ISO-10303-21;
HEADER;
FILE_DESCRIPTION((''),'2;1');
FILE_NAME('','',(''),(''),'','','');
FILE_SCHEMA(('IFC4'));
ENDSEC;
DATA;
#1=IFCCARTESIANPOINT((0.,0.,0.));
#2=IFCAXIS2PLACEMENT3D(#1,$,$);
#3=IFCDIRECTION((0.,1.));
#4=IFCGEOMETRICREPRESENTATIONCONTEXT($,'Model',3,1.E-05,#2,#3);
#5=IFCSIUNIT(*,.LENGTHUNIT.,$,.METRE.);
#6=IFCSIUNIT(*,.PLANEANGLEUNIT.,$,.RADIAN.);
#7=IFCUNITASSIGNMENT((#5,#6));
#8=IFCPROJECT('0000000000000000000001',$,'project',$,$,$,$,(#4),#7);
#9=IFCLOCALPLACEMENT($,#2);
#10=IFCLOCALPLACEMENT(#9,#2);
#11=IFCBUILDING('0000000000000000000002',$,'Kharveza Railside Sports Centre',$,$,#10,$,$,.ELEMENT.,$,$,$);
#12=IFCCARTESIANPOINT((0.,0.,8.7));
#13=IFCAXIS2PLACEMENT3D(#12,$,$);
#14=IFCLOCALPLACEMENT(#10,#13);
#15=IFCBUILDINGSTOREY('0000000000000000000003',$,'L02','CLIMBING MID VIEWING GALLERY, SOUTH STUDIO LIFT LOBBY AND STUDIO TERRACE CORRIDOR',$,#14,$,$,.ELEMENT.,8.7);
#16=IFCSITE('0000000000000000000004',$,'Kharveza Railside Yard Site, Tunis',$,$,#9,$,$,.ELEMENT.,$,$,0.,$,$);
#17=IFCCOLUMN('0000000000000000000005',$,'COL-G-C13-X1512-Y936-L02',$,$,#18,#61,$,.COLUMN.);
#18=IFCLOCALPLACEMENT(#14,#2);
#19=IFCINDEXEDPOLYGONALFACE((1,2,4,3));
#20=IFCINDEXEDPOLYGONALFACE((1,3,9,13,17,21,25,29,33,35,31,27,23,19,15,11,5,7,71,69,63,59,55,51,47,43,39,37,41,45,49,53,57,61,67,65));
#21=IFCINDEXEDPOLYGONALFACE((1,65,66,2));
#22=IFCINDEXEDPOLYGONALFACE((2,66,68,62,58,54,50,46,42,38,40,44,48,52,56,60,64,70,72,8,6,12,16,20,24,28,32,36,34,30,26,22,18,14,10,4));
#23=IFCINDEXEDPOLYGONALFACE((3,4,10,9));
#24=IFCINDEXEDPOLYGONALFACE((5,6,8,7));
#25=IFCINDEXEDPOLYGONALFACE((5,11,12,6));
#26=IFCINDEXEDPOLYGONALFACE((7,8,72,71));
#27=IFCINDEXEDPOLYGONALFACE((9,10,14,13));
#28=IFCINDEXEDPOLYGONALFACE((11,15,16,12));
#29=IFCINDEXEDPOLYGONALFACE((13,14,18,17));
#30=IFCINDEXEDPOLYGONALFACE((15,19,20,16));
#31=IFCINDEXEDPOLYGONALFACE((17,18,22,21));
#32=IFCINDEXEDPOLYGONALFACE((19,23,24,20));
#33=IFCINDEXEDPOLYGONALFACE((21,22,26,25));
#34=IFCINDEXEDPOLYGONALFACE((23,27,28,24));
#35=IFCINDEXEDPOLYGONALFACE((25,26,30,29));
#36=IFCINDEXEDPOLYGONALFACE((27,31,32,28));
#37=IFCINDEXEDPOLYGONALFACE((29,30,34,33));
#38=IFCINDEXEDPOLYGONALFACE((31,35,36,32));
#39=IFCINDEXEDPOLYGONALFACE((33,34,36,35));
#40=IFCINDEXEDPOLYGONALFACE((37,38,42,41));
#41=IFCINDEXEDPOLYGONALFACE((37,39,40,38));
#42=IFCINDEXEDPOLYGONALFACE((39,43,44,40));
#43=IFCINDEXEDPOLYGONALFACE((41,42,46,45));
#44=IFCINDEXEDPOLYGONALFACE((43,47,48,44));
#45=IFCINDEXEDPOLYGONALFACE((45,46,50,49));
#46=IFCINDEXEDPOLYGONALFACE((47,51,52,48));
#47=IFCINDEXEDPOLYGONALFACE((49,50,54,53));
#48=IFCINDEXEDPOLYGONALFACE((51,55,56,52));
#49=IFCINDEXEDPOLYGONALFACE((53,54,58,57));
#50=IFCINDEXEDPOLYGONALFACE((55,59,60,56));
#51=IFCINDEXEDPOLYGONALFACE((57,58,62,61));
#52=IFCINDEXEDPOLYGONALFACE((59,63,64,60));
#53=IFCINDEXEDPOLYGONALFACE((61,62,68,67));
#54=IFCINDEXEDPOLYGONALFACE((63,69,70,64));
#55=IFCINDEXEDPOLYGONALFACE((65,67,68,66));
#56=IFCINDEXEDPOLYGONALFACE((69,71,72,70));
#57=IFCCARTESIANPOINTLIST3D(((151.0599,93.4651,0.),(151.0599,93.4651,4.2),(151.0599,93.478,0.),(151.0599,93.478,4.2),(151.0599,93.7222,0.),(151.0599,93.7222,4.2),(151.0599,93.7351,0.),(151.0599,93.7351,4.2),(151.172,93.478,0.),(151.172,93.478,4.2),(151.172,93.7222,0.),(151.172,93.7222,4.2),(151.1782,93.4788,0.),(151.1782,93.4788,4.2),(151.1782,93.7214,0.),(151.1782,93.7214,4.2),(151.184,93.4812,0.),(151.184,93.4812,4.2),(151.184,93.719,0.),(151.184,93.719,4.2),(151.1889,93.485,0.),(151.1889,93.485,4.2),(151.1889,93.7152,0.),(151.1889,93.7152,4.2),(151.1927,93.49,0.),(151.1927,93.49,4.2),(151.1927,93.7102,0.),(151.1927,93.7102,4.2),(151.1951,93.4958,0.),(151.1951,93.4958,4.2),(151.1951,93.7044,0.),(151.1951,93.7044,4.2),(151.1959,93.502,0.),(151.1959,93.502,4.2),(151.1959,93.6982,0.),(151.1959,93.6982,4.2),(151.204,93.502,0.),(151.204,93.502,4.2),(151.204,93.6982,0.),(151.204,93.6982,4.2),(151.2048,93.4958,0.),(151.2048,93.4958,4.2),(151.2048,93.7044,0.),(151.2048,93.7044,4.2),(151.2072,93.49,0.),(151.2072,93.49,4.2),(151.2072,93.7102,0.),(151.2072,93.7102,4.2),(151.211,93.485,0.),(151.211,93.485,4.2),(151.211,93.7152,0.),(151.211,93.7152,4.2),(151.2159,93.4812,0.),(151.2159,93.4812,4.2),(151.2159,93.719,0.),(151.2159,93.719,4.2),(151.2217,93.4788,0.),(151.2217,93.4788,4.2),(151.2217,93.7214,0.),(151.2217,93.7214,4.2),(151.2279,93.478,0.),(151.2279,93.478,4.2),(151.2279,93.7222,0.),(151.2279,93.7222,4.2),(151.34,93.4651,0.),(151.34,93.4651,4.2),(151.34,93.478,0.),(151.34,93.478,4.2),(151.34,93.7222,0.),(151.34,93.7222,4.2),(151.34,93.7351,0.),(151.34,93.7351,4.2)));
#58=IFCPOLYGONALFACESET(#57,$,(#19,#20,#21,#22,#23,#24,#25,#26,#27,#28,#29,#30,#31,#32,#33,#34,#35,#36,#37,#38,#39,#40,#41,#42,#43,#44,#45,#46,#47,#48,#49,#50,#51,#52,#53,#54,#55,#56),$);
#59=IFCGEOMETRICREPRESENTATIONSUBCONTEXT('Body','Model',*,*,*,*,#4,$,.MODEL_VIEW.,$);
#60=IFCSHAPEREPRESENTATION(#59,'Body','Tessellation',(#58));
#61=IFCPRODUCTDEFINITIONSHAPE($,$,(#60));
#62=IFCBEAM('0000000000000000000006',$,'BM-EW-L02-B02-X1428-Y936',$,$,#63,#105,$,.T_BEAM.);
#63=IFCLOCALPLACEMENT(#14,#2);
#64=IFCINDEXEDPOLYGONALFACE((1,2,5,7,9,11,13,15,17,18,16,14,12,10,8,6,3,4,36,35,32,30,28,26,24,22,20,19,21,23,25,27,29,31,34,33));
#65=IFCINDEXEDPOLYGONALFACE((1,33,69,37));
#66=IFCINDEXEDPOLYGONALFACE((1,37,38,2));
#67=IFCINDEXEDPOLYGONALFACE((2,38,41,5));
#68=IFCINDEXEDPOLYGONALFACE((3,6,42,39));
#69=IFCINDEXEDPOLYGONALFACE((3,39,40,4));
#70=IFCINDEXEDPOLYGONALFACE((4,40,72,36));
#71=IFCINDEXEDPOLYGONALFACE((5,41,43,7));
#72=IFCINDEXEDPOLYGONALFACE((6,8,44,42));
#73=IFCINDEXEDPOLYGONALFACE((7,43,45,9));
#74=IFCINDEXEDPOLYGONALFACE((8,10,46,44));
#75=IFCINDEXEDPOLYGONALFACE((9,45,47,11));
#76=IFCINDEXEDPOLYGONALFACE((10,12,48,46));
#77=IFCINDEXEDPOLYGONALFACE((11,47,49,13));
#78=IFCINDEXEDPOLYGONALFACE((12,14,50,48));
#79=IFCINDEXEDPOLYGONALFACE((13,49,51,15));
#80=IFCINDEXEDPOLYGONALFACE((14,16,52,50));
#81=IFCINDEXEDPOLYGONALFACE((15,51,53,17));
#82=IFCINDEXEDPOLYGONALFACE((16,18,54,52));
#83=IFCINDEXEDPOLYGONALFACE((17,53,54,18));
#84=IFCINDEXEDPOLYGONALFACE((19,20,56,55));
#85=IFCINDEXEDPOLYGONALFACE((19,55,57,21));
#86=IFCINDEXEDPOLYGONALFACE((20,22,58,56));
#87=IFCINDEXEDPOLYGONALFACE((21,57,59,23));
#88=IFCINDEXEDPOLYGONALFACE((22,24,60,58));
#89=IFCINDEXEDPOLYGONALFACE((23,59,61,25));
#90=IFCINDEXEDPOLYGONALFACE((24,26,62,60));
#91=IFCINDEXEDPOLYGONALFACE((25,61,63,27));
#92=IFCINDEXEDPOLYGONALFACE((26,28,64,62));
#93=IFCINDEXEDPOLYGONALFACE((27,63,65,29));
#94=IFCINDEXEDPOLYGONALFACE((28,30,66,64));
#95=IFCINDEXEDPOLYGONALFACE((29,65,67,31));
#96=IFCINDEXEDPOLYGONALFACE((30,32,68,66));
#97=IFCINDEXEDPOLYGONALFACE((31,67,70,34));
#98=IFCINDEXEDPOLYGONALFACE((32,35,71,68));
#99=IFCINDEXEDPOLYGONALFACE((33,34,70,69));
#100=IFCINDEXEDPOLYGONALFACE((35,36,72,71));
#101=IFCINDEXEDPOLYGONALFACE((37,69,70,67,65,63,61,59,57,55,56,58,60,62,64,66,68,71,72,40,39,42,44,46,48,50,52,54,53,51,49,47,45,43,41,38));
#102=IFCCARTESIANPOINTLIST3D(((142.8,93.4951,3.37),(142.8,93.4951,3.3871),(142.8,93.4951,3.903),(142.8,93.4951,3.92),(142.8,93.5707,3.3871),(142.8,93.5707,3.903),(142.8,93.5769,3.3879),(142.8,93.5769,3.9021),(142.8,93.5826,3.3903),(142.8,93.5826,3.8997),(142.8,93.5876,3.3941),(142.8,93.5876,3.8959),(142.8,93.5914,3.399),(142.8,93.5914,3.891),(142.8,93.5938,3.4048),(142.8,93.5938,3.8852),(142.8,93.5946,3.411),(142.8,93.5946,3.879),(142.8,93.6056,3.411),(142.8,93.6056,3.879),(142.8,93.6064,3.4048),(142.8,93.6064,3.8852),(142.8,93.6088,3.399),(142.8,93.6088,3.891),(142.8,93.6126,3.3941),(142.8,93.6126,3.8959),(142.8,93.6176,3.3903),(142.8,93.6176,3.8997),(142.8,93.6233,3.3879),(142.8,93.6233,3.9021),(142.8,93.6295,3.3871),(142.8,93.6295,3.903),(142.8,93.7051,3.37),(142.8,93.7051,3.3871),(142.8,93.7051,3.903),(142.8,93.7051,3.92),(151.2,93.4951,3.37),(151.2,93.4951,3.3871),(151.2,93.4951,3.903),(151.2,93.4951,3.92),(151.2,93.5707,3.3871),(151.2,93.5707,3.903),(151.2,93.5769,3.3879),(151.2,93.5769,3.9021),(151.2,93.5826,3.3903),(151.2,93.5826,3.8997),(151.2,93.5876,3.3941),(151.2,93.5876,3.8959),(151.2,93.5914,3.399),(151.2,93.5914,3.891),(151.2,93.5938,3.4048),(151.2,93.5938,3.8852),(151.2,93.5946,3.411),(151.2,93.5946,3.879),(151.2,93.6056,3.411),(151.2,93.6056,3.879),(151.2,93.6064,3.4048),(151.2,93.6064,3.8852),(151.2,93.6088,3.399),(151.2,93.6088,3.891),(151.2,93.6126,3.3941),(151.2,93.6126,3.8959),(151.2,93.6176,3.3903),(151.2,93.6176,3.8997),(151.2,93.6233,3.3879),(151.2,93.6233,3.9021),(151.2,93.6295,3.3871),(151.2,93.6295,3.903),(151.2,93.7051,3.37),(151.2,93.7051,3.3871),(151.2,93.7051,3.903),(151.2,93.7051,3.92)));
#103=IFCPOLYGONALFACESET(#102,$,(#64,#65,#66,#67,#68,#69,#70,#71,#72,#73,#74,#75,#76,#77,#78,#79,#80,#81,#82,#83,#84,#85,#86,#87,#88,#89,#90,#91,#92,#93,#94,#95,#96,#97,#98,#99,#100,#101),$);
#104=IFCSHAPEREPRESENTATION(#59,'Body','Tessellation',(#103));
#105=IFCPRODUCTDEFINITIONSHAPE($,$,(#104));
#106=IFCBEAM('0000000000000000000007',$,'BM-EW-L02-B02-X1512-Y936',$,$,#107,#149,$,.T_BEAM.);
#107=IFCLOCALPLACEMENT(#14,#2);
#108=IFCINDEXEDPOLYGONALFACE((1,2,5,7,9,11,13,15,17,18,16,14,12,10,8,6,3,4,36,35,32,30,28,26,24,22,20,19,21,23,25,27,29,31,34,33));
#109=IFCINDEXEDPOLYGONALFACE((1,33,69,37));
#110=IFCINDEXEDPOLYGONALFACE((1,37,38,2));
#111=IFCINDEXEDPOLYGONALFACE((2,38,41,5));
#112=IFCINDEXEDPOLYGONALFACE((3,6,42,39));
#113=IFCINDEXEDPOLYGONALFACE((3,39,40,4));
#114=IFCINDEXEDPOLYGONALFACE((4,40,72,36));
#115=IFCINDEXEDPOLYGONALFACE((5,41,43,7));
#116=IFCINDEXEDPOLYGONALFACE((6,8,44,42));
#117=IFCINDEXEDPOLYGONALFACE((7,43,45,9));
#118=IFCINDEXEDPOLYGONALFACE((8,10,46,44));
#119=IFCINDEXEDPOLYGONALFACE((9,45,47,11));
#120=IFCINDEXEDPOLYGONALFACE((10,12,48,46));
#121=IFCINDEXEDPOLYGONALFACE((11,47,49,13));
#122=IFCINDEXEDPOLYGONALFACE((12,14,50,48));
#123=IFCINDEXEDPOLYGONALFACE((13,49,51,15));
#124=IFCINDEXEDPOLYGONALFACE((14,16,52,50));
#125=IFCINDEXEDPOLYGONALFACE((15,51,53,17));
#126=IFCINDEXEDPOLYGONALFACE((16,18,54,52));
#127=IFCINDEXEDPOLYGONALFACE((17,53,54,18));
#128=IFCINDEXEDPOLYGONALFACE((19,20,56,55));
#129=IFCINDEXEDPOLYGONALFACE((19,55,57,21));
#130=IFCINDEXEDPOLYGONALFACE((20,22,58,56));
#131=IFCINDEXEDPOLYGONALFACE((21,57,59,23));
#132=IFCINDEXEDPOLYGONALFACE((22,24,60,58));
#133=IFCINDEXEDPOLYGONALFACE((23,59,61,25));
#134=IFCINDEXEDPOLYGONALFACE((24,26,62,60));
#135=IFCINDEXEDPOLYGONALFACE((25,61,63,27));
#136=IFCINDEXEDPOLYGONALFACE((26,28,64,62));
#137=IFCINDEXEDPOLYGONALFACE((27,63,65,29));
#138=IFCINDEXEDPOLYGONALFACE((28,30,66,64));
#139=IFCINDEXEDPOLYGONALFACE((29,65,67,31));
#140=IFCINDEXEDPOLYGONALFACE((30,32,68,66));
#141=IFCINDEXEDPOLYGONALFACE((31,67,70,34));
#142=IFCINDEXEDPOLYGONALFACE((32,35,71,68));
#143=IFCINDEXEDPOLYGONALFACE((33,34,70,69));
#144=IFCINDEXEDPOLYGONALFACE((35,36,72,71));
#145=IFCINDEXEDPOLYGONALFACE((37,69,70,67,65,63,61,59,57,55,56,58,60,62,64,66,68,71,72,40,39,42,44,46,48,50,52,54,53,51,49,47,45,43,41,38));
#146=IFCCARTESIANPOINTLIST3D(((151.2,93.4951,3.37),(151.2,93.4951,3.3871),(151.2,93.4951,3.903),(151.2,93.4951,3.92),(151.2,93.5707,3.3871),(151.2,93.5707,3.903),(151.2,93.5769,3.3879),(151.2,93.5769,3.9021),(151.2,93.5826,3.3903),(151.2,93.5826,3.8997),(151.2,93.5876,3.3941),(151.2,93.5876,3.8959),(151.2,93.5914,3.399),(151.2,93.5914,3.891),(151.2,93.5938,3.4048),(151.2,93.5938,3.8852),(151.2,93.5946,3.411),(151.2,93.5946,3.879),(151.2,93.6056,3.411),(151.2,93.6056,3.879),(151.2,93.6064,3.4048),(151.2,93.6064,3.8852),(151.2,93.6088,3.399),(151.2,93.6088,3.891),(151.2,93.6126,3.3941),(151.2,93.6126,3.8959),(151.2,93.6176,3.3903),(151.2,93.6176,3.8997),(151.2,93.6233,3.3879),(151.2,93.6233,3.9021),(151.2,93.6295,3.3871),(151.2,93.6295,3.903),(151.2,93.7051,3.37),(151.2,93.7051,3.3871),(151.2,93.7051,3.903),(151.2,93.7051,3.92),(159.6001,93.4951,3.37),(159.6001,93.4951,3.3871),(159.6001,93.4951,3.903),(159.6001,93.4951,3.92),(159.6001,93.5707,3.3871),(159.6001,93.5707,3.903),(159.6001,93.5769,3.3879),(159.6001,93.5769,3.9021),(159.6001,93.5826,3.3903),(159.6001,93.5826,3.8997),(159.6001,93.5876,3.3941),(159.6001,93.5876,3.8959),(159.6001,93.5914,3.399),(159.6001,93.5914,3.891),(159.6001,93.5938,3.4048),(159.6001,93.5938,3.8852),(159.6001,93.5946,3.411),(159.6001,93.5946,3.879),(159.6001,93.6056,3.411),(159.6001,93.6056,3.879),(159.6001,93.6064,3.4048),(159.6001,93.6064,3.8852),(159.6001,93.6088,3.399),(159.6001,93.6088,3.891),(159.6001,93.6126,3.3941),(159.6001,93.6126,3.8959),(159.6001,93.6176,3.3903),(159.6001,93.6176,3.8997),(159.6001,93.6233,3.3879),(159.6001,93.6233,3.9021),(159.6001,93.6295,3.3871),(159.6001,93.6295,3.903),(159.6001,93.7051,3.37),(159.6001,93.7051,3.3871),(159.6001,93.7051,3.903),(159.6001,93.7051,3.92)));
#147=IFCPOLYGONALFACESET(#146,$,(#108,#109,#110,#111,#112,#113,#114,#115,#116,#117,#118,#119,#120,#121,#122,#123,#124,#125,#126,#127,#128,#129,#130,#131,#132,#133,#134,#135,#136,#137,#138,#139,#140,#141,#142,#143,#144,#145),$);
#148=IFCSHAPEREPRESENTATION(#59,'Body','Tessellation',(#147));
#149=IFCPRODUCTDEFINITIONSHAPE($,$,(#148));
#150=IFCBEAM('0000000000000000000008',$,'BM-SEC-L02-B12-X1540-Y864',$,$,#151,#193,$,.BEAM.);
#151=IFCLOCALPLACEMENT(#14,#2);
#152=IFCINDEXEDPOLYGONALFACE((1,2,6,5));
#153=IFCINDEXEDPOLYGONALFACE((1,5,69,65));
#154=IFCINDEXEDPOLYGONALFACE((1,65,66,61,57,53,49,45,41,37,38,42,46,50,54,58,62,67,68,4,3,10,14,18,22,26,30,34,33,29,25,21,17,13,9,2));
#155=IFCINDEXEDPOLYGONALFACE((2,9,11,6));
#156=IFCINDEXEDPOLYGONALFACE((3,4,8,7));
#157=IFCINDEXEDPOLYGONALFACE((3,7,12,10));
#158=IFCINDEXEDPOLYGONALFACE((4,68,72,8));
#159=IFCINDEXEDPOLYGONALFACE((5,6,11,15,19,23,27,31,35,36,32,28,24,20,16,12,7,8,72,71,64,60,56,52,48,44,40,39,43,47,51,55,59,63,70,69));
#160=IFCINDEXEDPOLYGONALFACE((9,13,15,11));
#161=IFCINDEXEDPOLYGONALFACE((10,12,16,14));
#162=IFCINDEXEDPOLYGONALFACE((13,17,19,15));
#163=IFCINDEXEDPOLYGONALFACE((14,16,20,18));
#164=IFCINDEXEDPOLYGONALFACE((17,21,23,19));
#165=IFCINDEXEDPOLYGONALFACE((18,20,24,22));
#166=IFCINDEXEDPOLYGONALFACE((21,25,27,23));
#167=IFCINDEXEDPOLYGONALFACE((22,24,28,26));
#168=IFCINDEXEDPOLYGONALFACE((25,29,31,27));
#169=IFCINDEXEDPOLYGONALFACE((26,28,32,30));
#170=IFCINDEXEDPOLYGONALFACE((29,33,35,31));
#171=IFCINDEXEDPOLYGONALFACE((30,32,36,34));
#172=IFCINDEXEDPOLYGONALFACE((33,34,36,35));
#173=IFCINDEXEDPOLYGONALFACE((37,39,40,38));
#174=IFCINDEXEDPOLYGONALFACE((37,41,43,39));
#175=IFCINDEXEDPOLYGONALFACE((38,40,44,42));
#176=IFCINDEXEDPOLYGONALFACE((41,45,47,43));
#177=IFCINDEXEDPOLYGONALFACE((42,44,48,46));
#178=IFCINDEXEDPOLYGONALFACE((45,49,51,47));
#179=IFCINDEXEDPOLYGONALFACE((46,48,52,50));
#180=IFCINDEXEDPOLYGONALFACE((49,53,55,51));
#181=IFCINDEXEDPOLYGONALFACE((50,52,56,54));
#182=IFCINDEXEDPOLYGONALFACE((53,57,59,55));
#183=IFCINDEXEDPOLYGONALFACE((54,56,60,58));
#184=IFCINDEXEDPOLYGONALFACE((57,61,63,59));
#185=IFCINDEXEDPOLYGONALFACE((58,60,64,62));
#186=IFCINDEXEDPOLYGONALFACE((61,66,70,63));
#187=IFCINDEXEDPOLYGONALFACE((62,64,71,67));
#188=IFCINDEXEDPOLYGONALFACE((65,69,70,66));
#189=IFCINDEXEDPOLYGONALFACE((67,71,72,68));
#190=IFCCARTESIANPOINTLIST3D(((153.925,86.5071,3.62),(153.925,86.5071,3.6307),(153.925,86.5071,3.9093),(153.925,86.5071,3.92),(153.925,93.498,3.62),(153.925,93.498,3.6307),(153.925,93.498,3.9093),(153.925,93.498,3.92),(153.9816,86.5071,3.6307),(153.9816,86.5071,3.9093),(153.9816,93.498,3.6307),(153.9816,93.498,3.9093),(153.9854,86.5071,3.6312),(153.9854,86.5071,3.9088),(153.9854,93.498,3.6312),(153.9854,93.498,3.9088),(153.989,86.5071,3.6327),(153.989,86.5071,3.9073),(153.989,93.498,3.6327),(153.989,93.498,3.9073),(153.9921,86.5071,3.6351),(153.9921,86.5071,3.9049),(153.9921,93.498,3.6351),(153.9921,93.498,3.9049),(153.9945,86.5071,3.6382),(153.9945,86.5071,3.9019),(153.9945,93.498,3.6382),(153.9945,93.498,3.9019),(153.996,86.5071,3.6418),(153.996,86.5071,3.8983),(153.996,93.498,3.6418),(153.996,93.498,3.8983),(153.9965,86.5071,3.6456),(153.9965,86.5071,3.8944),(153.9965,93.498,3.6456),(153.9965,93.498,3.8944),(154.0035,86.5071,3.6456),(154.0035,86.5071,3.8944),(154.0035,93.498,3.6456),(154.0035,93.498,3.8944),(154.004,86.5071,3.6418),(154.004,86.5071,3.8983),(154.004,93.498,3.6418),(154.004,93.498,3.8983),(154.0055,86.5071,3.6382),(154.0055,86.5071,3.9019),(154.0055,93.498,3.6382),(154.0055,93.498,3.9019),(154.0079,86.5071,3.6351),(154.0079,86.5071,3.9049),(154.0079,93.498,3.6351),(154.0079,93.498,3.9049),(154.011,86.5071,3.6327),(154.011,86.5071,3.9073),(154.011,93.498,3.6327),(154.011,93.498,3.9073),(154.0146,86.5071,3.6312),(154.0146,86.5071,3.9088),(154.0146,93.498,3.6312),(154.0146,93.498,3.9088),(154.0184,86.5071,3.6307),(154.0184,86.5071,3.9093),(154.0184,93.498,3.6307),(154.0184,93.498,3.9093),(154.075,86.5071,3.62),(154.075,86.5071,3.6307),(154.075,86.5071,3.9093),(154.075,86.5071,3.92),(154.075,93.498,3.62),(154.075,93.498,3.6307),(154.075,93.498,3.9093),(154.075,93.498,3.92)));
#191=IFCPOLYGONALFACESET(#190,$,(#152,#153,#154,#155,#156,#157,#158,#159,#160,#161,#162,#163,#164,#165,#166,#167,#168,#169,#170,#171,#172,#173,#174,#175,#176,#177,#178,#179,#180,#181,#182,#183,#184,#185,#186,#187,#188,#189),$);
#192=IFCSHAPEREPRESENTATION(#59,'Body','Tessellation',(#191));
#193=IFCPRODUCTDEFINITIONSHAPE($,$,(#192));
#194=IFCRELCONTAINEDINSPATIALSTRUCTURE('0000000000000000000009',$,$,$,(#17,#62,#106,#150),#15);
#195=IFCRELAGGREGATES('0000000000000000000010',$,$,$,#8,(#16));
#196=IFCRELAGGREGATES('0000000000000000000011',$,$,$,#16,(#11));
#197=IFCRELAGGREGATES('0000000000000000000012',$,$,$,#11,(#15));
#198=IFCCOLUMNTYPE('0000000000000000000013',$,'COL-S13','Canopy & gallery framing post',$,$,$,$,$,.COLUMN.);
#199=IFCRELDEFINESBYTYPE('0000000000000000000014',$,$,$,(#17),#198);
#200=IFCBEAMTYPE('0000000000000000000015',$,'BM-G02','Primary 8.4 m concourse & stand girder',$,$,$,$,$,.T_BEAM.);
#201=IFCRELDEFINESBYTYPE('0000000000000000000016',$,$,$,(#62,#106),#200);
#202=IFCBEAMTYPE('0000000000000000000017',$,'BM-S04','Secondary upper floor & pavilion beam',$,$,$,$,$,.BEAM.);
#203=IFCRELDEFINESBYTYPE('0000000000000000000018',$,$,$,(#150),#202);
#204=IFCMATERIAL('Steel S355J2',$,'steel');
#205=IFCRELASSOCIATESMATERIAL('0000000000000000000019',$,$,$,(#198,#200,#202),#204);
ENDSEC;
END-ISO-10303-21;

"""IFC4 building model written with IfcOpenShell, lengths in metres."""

from ifc_helpers import new_model, si_unit, direction, frame, origin, origin_2d, place, context, subcontext, project, spatial, i_section, extrude, material, material_profile, profile_set, type_object, element, save


model = new_model("IFC4")

# Units and contexts
model_context = context("Model", 3, precision=1e-05, world=origin(), true_north=direction((0.0, 1.0)))
body_context = subcontext(model_context, "Body", "Model", "MODEL_VIEW")
ifc_project = project(units=[si_unit("LENGTHUNIT", "METRE"), si_unit("PLANEANGLEUNIT", "RADIAN")], contexts=[model_context])

# Site, building, storey
site_placement = place(None, origin())
site = spatial("IfcSite", under=ifc_project, at=site_placement, Name="Kharveza Railside Yard Site, Tunis", CompositionType="ELEMENT", RefElevation=0.0)
building_placement = place(site_placement, origin())
building = spatial("IfcBuilding", under=site, at=building_placement, Name="Kharveza Railside Sports Centre", CompositionType="ELEMENT")
storey_placement = place(building_placement, frame((0.0, 0.0, 8.7)))
storey = spatial("IfcBuildingStorey", under=building, at=storey_placement, Name="L02", Description="CLIMBING MID VIEWING GALLERY, SOUTH STUDIO LIFT LOBBY AND STUDIO TERRACE CORRIDOR", CompositionType="ELEMENT", Elevation=8.7)

# Column
ifc_material_1 = material(Name="Steel S355J2", Category="steel")
ifc_material_profile_1 = material_profile(ifc_material_1, i_section(OverallWidth=0.28, OverallDepth=0.27, WebThickness=0.0081, FlangeThickness=0.0129, FilletRadius=0.0239, at=origin_2d()), Name="HEA 280")
ifc_profile_set_1 = profile_set([ifc_material_profile_1], Name="Steel S355J2")
column_type = type_object("IfcColumnType", Name="COL-S13", Description="Canopy & gallery framing post", PredefinedType="COLUMN", material=ifc_profile_set_1)
column_placement = place(storey_placement, frame((151.2, 93.6001, 0.0), z_axis=(0.0, 0.0, 1.0), x_axis=(1.0, 0.0, 0.0)))
element("IfcColumn", 1, at=column_placement, inside=storey, type_object=column_type, Name="COL-G-C13-X1512-Y936-L02", PredefinedType="COLUMN", context=body_context, shape_type="SweptSolid", body=[
    extrude(i_section(OverallWidth=0.28, OverallDepth=0.27, WebThickness=0.0081, FlangeThickness=0.0129, FilletRadius=0.0239, at=origin_2d()), origin(), (0.0, 0.0, 1.0), 4.2),
])

# Beams
ifc_material_profile_2 = material_profile(ifc_material_1, i_section(OverallWidth=0.21, OverallDepth=0.55, WebThickness=0.011, FlangeThickness=0.0171, FilletRadius=0.0239, at=origin_2d()), Name="IPE 550")
ifc_profile_set_2 = profile_set([ifc_material_profile_2], Name="Steel S355J2")
beam_type_1 = type_object("IfcBeamType", Name="BM-G02", Description="Primary 8.4 m concourse & stand girder", PredefinedType="T_BEAM", material=ifc_profile_set_2)
beam_1_placement = place(storey_placement, frame((142.8, 93.6001, 3.645), z_axis=(1.0, 0.0, 0.0), x_axis=(0.0, 1.0, 0.0)))
element("IfcBeam", 2, at=beam_1_placement, inside=storey, type_object=beam_type_1, Name="BM-EW-L02-B02-X1428-Y936", PredefinedType="T_BEAM", context=body_context, shape_type="SweptSolid", body=[
    extrude(i_section(OverallWidth=0.21, OverallDepth=0.55, WebThickness=0.011, FlangeThickness=0.0171, FilletRadius=0.0239, at=origin_2d()), origin(), (0.0, 0.0, 1.0), 8.3999),
])
beam_2_placement = place(storey_placement, frame((151.2, 93.6001, 3.645), z_axis=(1.0, 0.0, 0.0), x_axis=(0.0, 1.0, 0.0)))
element("IfcBeam", 3, at=beam_2_placement, inside=storey, type_object=beam_type_1, Name="BM-EW-L02-B02-X1512-Y936", PredefinedType="T_BEAM", context=body_context, shape_type="SweptSolid", body=[
    extrude(i_section(OverallWidth=0.21, OverallDepth=0.55, WebThickness=0.011, FlangeThickness=0.0171, FilletRadius=0.0239, at=origin_2d()), origin(), (0.0, 0.0, 1.0), 8.4001),
])
ifc_material_profile_3 = material_profile(ifc_material_1, i_section(OverallWidth=0.1499, OverallDepth=0.3, WebThickness=0.0071, FlangeThickness=0.0107, FilletRadius=0.0149, at=origin_2d()), Name="IPE 300")
ifc_profile_set_3 = profile_set([ifc_material_profile_3], Name="Steel S355J2")
beam_type_2 = type_object("IfcBeamType", Name="BM-S04", Description="Secondary upper floor & pavilion beam", PredefinedType="BEAM", material=ifc_profile_set_3)
beam_3_placement = place(storey_placement, frame((154.0, 86.5071, 3.77), z_axis=(0.0, 1.0, 0.0), x_axis=(-1.0, 0.0, 0.0)))
element("IfcBeam", 4, at=beam_3_placement, inside=storey, type_object=beam_type_2, Name="BM-SEC-L02-B12-X1540-Y864", PredefinedType="BEAM", context=body_context, shape_type="SweptSolid", body=[
    extrude(i_section(OverallWidth=0.1499, OverallDepth=0.3, WebThickness=0.0071, FlangeThickness=0.0107, FilletRadius=0.0149, at=origin_2d()), origin(), (0.0, 0.0, 1.0), 6.991),
])

save(model, "model.ifc")
